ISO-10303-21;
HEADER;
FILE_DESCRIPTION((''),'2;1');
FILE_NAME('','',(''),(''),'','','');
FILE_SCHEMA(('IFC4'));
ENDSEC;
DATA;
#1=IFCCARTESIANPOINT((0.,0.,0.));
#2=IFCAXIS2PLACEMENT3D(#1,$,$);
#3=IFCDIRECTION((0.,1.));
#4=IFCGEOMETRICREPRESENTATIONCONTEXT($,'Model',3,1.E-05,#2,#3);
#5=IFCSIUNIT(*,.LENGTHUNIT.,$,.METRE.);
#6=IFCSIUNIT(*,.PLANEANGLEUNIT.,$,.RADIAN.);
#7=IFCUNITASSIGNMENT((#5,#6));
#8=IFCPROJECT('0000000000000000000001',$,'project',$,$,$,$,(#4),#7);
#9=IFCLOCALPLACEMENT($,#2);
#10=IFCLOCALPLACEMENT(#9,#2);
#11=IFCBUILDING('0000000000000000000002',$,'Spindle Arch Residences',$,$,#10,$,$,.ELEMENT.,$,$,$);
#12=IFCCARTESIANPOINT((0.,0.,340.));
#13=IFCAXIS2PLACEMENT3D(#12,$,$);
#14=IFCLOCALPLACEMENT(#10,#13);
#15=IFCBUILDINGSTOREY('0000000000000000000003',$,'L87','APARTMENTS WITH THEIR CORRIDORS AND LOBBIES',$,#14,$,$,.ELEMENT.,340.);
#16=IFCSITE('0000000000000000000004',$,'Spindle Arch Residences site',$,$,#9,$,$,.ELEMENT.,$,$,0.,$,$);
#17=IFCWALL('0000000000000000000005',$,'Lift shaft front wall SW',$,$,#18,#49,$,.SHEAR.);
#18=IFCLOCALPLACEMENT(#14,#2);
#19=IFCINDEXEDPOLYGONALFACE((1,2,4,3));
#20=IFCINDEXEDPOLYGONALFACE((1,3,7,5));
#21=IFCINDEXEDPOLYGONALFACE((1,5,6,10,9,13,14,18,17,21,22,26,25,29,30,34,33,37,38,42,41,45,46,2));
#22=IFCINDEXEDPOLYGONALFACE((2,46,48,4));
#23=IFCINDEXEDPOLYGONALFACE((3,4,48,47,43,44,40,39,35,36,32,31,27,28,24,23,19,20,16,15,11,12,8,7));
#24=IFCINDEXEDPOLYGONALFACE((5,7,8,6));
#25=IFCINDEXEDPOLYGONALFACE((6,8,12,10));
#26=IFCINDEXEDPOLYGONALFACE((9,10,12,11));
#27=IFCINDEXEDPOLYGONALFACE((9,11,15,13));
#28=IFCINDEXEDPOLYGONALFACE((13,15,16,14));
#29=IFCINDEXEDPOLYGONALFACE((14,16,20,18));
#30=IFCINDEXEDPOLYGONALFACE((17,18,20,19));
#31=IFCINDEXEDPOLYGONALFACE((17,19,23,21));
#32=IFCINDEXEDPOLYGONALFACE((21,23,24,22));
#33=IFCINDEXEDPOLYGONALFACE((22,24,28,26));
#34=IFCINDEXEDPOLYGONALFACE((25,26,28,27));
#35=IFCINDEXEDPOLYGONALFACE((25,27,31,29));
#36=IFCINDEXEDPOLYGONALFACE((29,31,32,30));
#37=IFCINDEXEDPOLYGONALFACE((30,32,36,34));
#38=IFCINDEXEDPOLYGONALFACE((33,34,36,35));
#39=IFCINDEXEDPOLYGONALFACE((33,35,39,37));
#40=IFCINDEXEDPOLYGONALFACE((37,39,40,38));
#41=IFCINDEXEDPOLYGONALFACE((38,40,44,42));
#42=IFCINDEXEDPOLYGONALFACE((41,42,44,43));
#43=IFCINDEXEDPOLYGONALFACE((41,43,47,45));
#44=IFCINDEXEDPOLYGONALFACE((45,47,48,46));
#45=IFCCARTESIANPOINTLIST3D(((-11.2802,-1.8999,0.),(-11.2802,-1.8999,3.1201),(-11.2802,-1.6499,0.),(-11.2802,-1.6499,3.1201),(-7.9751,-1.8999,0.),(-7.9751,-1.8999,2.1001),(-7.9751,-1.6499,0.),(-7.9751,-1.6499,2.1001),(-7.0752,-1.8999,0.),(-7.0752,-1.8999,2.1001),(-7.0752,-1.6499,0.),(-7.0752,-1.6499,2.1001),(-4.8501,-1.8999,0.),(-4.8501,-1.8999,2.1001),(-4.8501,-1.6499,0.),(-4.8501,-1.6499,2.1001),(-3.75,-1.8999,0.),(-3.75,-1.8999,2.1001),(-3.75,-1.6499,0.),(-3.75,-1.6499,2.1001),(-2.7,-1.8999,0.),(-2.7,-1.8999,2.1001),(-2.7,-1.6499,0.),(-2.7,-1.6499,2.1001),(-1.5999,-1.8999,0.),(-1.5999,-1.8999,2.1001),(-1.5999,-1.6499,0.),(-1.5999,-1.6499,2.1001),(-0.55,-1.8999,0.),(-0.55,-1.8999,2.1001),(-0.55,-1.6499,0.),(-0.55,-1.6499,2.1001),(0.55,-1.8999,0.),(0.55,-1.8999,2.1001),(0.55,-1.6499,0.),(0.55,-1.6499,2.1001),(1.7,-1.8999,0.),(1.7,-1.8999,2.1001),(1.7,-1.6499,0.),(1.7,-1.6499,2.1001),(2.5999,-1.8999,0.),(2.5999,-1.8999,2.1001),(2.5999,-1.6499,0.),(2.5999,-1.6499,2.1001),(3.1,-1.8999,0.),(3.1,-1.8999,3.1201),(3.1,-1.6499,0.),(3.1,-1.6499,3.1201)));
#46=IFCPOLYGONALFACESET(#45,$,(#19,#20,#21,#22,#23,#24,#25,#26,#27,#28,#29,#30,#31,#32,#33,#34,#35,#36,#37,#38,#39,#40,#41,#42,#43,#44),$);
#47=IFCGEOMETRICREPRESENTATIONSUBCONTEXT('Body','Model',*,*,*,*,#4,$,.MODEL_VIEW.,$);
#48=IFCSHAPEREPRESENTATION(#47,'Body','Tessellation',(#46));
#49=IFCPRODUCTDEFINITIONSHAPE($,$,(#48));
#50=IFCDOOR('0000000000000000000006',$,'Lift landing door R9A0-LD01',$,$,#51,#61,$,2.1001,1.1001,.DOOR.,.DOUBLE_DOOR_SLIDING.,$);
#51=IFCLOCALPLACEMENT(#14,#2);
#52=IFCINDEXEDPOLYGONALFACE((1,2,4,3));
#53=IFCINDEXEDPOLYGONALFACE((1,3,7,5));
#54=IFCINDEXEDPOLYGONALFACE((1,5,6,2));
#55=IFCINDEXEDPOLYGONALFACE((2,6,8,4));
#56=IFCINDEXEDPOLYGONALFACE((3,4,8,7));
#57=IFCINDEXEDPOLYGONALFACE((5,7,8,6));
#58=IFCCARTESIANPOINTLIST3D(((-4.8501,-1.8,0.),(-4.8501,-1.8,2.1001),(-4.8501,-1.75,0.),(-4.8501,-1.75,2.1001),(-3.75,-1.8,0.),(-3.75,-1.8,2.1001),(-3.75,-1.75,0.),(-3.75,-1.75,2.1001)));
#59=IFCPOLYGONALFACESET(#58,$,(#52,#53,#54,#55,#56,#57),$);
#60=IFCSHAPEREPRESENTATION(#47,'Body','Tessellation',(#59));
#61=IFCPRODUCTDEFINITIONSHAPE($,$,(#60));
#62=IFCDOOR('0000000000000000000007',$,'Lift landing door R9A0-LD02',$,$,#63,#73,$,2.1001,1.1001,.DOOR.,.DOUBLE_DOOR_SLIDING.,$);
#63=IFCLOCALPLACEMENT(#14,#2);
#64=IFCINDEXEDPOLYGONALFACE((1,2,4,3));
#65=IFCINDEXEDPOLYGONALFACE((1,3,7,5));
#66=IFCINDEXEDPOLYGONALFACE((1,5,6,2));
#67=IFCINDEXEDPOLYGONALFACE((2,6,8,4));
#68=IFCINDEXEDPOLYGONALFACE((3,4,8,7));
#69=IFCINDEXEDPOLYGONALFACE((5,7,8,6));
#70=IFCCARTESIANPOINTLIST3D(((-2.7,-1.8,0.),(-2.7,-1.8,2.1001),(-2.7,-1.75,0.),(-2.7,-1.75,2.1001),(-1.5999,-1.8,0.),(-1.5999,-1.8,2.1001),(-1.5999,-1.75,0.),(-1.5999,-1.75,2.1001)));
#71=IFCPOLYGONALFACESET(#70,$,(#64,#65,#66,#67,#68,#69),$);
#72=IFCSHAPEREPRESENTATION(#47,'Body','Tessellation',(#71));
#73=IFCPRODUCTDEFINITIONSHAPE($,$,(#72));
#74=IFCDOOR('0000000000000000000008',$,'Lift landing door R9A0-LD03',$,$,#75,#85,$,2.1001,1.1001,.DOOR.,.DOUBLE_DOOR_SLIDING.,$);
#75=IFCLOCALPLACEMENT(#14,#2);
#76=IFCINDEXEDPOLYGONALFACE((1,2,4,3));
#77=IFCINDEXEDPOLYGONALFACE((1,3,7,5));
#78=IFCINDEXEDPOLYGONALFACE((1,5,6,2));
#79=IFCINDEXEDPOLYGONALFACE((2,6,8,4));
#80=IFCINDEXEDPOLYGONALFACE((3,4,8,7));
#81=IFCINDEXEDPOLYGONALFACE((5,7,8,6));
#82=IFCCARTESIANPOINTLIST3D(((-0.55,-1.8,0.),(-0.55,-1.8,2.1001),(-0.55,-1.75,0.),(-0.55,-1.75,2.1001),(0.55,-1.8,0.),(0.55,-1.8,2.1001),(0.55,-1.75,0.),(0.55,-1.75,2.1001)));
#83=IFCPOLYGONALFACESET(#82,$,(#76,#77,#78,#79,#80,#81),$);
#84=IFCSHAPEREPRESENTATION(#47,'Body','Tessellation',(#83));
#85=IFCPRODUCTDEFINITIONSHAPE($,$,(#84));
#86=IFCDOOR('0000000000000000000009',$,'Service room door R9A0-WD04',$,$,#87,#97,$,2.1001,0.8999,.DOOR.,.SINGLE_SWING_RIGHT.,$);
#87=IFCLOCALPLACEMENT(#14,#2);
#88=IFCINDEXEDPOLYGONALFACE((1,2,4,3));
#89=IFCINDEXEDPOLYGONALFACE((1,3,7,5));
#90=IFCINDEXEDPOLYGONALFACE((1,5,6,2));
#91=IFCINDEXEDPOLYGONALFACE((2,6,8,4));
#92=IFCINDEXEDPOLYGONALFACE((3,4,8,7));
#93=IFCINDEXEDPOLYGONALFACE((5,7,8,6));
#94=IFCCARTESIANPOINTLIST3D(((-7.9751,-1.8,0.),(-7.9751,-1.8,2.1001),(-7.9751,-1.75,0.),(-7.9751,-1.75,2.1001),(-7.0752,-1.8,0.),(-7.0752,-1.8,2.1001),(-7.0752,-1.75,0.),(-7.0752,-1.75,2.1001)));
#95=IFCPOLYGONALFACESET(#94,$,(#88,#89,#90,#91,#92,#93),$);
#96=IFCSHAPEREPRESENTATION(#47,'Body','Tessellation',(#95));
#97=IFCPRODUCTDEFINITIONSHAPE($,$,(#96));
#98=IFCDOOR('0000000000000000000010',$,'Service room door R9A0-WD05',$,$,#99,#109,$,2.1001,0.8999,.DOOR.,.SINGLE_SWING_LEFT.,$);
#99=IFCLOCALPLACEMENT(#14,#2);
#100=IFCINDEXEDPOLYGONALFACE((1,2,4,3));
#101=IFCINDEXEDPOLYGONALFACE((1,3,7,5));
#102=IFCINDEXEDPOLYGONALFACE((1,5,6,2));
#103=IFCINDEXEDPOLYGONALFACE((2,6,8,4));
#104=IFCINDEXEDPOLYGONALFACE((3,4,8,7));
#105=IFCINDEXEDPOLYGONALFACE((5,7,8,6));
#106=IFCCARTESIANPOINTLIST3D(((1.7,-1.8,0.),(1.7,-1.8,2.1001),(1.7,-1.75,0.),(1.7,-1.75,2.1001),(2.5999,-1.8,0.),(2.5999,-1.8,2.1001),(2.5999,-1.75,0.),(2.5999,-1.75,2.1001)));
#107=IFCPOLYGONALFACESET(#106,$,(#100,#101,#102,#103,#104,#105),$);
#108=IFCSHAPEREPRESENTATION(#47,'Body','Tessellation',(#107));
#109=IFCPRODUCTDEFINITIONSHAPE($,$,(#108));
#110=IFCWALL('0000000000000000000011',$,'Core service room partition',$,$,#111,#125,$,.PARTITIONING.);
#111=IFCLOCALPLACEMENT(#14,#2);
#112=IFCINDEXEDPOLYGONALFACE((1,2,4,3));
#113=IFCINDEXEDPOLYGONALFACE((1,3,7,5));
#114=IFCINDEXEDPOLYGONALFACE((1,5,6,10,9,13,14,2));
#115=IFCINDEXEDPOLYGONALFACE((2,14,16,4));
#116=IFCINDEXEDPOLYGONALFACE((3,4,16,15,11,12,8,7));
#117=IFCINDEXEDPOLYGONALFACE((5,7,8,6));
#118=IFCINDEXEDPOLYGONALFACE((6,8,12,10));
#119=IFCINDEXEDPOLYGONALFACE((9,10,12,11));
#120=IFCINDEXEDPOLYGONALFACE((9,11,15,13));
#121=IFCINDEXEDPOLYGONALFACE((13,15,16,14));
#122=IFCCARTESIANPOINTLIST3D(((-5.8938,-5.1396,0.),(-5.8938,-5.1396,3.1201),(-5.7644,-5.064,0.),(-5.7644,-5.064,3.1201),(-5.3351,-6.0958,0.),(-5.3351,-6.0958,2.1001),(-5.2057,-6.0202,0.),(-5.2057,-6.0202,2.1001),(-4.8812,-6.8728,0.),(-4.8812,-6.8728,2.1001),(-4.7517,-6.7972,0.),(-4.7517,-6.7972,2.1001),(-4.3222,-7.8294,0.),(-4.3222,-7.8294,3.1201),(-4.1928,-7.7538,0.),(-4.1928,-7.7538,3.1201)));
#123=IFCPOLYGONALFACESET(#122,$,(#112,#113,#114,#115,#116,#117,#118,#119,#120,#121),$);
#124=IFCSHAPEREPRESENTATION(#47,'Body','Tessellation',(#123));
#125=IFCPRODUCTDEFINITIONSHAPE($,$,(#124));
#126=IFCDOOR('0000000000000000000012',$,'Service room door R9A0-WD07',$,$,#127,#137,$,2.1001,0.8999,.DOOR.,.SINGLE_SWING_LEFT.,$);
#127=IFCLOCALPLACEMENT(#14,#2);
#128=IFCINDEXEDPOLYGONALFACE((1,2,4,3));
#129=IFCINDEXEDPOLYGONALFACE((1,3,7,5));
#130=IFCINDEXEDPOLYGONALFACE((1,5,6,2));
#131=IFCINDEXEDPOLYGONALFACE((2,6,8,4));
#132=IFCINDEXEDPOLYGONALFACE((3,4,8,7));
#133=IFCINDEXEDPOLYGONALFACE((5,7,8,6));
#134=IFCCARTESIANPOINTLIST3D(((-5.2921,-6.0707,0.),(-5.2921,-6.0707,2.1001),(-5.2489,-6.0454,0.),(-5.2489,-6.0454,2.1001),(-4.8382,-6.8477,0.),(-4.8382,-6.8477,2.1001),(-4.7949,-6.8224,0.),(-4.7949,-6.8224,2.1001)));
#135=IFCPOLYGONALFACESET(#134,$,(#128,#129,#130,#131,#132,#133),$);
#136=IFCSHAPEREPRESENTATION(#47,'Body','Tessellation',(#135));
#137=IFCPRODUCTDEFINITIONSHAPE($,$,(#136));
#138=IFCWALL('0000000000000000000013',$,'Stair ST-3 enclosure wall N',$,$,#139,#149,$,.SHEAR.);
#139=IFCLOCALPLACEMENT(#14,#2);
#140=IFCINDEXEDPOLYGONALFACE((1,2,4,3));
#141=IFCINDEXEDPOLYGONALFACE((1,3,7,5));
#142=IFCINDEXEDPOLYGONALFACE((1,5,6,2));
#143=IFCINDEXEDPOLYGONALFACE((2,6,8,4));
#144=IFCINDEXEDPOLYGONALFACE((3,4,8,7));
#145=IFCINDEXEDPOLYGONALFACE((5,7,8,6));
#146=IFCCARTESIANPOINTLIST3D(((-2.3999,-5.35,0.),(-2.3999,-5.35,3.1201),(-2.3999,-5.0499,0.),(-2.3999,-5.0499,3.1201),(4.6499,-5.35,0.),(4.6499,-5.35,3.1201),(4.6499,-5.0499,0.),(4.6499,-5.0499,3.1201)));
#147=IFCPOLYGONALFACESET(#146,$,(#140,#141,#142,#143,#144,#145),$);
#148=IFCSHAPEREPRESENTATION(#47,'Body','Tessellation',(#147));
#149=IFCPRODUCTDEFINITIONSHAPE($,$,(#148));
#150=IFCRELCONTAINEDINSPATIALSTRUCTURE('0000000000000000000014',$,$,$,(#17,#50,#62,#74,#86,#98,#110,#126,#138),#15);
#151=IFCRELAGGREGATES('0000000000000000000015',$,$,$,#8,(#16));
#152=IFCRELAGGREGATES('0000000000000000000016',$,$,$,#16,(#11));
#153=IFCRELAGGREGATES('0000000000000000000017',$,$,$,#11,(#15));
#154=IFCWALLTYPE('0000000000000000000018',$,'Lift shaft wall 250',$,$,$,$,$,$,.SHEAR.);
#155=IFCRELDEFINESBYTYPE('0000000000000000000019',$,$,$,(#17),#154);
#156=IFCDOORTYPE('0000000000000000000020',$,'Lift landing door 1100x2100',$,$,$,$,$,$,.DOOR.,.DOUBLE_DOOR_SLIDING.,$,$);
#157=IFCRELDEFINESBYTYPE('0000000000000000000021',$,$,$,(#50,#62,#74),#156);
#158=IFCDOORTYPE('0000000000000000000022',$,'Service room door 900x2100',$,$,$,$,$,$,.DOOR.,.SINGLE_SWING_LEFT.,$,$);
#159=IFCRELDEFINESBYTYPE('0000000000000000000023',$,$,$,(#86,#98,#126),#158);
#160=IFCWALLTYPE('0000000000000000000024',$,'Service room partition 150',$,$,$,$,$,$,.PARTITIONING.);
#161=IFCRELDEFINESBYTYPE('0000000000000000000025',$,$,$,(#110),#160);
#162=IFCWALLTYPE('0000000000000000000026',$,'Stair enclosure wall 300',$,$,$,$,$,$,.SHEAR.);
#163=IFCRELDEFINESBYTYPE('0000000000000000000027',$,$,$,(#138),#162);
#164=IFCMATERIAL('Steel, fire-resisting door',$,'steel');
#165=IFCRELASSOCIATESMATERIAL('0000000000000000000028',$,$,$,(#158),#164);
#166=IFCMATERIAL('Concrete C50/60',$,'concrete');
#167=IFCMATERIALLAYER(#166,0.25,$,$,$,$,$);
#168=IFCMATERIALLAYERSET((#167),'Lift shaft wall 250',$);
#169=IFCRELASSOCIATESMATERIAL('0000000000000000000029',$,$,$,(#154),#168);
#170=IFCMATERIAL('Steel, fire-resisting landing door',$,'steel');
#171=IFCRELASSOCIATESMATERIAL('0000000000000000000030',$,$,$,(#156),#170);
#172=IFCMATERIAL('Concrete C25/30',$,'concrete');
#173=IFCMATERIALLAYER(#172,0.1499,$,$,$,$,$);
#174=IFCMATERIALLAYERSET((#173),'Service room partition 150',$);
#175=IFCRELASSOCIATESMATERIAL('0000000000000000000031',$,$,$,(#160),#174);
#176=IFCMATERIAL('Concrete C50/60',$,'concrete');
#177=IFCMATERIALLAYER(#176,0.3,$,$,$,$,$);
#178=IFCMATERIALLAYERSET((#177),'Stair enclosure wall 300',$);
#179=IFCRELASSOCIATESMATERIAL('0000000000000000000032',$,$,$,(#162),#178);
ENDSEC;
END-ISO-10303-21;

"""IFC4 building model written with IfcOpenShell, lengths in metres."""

from ifc_helpers import new_model, si_unit, direction, frame, frame_2d, origin, place, context, subcontext, project, spatial, rectangle, extrude, material, layer, layer_set, type_object, element, fill, save


model = new_model("IFC4")

# Units and contexts
model_context = context("Model", 3, precision=1e-05, world=origin(), true_north=direction((0.0, 1.0)))
body_context = subcontext(model_context, "Body", "Model", "MODEL_VIEW")
ifc_project = project(units=[si_unit("LENGTHUNIT", "METRE"), si_unit("PLANEANGLEUNIT", "RADIAN")], contexts=[model_context])

# Site, building, storey
site_placement = place(None, origin())
site = spatial("IfcSite", under=ifc_project, at=site_placement, Name="Spindle Arch Residences site", CompositionType="ELEMENT", RefElevation=0.0)
building_placement = place(site_placement, origin())
building = spatial("IfcBuilding", under=site, at=building_placement, Name="Spindle Arch Residences", CompositionType="ELEMENT")
storey_placement = place(building_placement, frame((0.0, 0.0, 340.0)))
storey = spatial("IfcBuildingStorey", under=building, at=storey_placement, Name="L87", Description="APARTMENTS WITH THEIR CORRIDORS AND LOBBIES", CompositionType="ELEMENT", Elevation=340.0)

# Shared definitions
ifc_material_1 = material(Name="Steel, fire-resisting door", Category="steel")
door_type_1 = type_object("IfcDoorType", Name="Service room door 900x2100", OperationType="SINGLE_SWING_LEFT", PredefinedType="DOOR", material=ifc_material_1)

# Wall, openings, doors
ifc_material_2 = material(Name="Concrete C50/60", Category="concrete")
ifc_layer_1 = layer(ifc_material_2, 0.25)
ifc_layer_set_1 = layer_set([ifc_layer_1], Name="Lift shaft wall 250")
wall_type_1 = type_object("IfcWallType", Name="Lift shaft wall 250", PredefinedType="SHEAR", material=ifc_layer_set_1)
wall_1_placement = place(storey_placement, frame((-11.28, -1.7749, 0.0), z_axis=(0.0, 0.0, 1.0), x_axis=(1.0, 0.0, 0.0)))
wall_1 = element("IfcWall", 1, at=wall_1_placement, inside=storey, type_object=wall_type_1, Name="Lift shaft front wall SW", PredefinedType="SHEAR", context=body_context, shape_type="SweptSolid", body=[
    extrude(rectangle(XDim=14.3801, YDim=0.25, at=frame_2d((7.1899, 0.0))), origin(), (0.0, 0.0, 1.0), 3.1201),
])
opening_1_placement = place(wall_1_placement, frame((6.4299, 0.0, 0.0)))
opening_1 = element("IfcOpeningElement", 2, at=opening_1_placement, cuts=wall_1, PredefinedType="OPENING", context=body_context, shape_type="SweptSolid", body=[
    extrude(rectangle(XDim=1.1001, YDim=2.1001, at=frame_2d((0.55, 1.05))), frame((0.0, 0.135, 0.0), z_axis=(0.0, -1.0, 0.0), x_axis=(1.0, 0.0, 0.0)), (0.0, 0.0, 1.0), 0.27),
])
opening_2_placement = place(wall_1_placement, frame((8.5801, 0.0, 0.0)))
opening_2 = element("IfcOpeningElement", 3, at=opening_2_placement, cuts=wall_1, PredefinedType="OPENING", context=body_context, shape_type="SweptSolid", body=[
    extrude(rectangle(XDim=1.1001, YDim=2.1001, at=frame_2d((0.55, 1.05))), frame((0.0, 0.135, 0.0), z_axis=(0.0, -1.0, 0.0), x_axis=(1.0, 0.0, 0.0)), (0.0, 0.0, 1.0), 0.27),
])
opening_3_placement = place(wall_1_placement, frame((10.73, 0.0, 0.0)))
opening_3 = element("IfcOpeningElement", 4, at=opening_3_placement, cuts=wall_1, PredefinedType="OPENING", context=body_context, shape_type="SweptSolid", body=[
    extrude(rectangle(XDim=1.1001, YDim=2.1001, at=frame_2d((0.55, 1.05))), frame((0.0, 0.135, 0.0), z_axis=(0.0, -1.0, 0.0), x_axis=(1.0, 0.0, 0.0)), (0.0, 0.0, 1.0), 0.27),
])
opening_4_placement = place(wall_1_placement, frame((3.3049, 0.0, 0.0)))
opening_4 = element("IfcOpeningElement", 5, at=opening_4_placement, cuts=wall_1, PredefinedType="OPENING", context=body_context, shape_type="SweptSolid", body=[
    extrude(rectangle(XDim=0.8999, YDim=2.1001, at=frame_2d((0.45, 1.05))), frame((0.0, 0.135, 0.0), z_axis=(0.0, -1.0, 0.0), x_axis=(1.0, 0.0, 0.0)), (0.0, 0.0, 1.0), 0.27),
])
opening_5_placement = place(wall_1_placement, frame((12.98, 0.0, 0.0)))
opening_5 = element("IfcOpeningElement", 6, at=opening_5_placement, cuts=wall_1, PredefinedType="OPENING", context=body_context, shape_type="SweptSolid", body=[
    extrude(rectangle(XDim=0.8999, YDim=2.1001, at=frame_2d((0.45, 1.05))), frame((0.0, 0.135, 0.0), z_axis=(0.0, -1.0, 0.0), x_axis=(1.0, 0.0, 0.0)), (0.0, 0.0, 1.0), 0.27),
])
ifc_material_3 = material(Name="Steel, fire-resisting landing door", Category="steel")
door_type_2 = type_object("IfcDoorType", Name="Lift landing door 1100x2100", OperationType="DOUBLE_DOOR_SLIDING", PredefinedType="DOOR", material=ifc_material_3)
door_1_placement = place(opening_1_placement, origin())
door_1 = element("IfcDoor", 7, at=door_1_placement, inside=storey, type_object=door_type_2, Name="Lift landing door R9A0-LD01", OperationType="DOUBLE_DOOR_SLIDING", OverallHeight=2.1001, OverallWidth=1.1001, PredefinedType="DOOR", context=body_context, shape_type="SweptSolid", body=[
    extrude(rectangle(XDim=1.1001, YDim=2.1001, at=frame_2d((0.55, 1.05))), frame((0.0, 0.0249, 0.0), z_axis=(0.0, -1.0, 0.0), x_axis=(1.0, 0.0, 0.0)), (0.0, 0.0, 1.0), 0.05),
])
fill(opening_1, door_1)
door_2_placement = place(opening_2_placement, origin())
door_2 = element("IfcDoor", 8, at=door_2_placement, inside=storey, type_object=door_type_2, Name="Lift landing door R9A0-LD02", OperationType="DOUBLE_DOOR_SLIDING", OverallHeight=2.1001, OverallWidth=1.1001, PredefinedType="DOOR", context=body_context, shape_type="SweptSolid", body=[
    extrude(rectangle(XDim=1.1001, YDim=2.1001, at=frame_2d((0.55, 1.05))), frame((0.0, 0.0249, 0.0), z_axis=(0.0, -1.0, 0.0), x_axis=(1.0, 0.0, 0.0)), (0.0, 0.0, 1.0), 0.05),
])
fill(opening_2, door_2)
door_3_placement = place(opening_3_placement, origin())
door_3 = element("IfcDoor", 9, at=door_3_placement, inside=storey, type_object=door_type_2, Name="Lift landing door R9A0-LD03", OperationType="DOUBLE_DOOR_SLIDING", OverallHeight=2.1001, OverallWidth=1.1001, PredefinedType="DOOR", context=body_context, shape_type="SweptSolid", body=[
    extrude(rectangle(XDim=1.1001, YDim=2.1001, at=frame_2d((0.55, 1.05))), frame((0.0, 0.0249, 0.0), z_axis=(0.0, -1.0, 0.0), x_axis=(1.0, 0.0, 0.0)), (0.0, 0.0, 1.0), 0.05),
])
fill(opening_3, door_3)
door_4_placement = place(opening_4_placement, origin())
door_4 = element("IfcDoor", 10, at=door_4_placement, inside=storey, type_object=door_type_1, Name="Service room door R9A0-WD04", OperationType="SINGLE_SWING_RIGHT", OverallHeight=2.1001, OverallWidth=0.8999, PredefinedType="DOOR", context=body_context, shape_type="SweptSolid", body=[
    extrude(rectangle(XDim=0.8999, YDim=2.1001, at=frame_2d((0.45, 1.05))), frame((0.0, 0.0249, 0.0), z_axis=(0.0, -1.0, 0.0), x_axis=(1.0, 0.0, 0.0)), (0.0, 0.0, 1.0), 0.05),
])
fill(opening_4, door_4)
door_5_placement = place(opening_5_placement, origin())
door_5 = element("IfcDoor", 11, at=door_5_placement, inside=storey, type_object=door_type_1, Name="Service room door R9A0-WD05", OperationType="SINGLE_SWING_LEFT", OverallHeight=2.1001, OverallWidth=0.8999, PredefinedType="DOOR", context=body_context, shape_type="SweptSolid", body=[
    extrude(rectangle(XDim=0.8999, YDim=2.1001, at=frame_2d((0.45, 1.05))), frame((0.0, 0.0249, 0.0), z_axis=(0.0, -1.0, 0.0), x_axis=(1.0, 0.0, 0.0)), (0.0, 0.0, 1.0), 0.05),
])
fill(opening_5, door_5)

# Wall, opening, door
ifc_material_4 = material(Name="Concrete C25/30", Category="concrete")
ifc_layer_2 = layer(ifc_material_4, 0.1499)
ifc_layer_set_2 = layer_set([ifc_layer_2], Name="Service room partition 150")
wall_type_2 = type_object("IfcWallType", Name="Service room partition 150", PredefinedType="PARTITIONING", material=ifc_layer_set_2)
wall_2_placement = place(storey_placement, frame((-5.8291, -5.1018, 0.0), z_axis=(0.0, 0.0, 1.0), x_axis=(0.50448, -0.863423, 0.0)))
wall_2 = element("IfcWall", 12, at=wall_2_placement, inside=storey, type_object=wall_type_2, Name="Core service room partition", PredefinedType="PARTITIONING", context=body_context, shape_type="SweptSolid", body=[
    extrude(rectangle(XDim=3.1152, YDim=0.1499, at=frame_2d((1.5576, 0.0))), origin(), (0.0, 0.0, 1.0), 3.1201),
])
opening_6_placement = place(wall_2_placement, frame((1.1074, 0.0, 0.0)))
opening_6 = element("IfcOpeningElement", 13, at=opening_6_placement, cuts=wall_2, PredefinedType="OPENING", context=body_context, shape_type="SweptSolid", body=[
    extrude(rectangle(XDim=0.8999, YDim=2.1001, at=frame_2d((0.45, 1.05))), frame((0.0, 0.085, 0.0), z_axis=(0.0, -1.0, 0.0), x_axis=(1.0, 0.0, 0.0)), (0.0, 0.0, 1.0), 0.1699),
])
door_6_placement = place(opening_6_placement, origin())
door_6 = element("IfcDoor", 14, at=door_6_placement, inside=storey, type_object=door_type_1, Name="Service room door R9A0-WD07", OperationType="SINGLE_SWING_LEFT", OverallHeight=2.1001, OverallWidth=0.8999, PredefinedType="DOOR", context=body_context, shape_type="SweptSolid", body=[
    extrude(rectangle(XDim=0.8999, YDim=2.1001, at=frame_2d((0.45, 1.05))), frame((0.0, 0.0249, 0.0), z_axis=(0.0, -1.0, 0.0), x_axis=(1.0, 0.0, 0.0)), (0.0, 0.0, 1.0), 0.05),
])
fill(opening_6, door_6)

# Wall
ifc_material_5 = material(Name="Concrete C50/60", Category="concrete")
ifc_layer_3 = layer(ifc_material_5, 0.3)
ifc_layer_set_3 = layer_set([ifc_layer_3], Name="Stair enclosure wall 300")
wall_type_3 = type_object("IfcWallType", Name="Stair enclosure wall 300", PredefinedType="SHEAR", material=ifc_layer_set_3)
wall_3_placement = place(storey_placement, frame((-2.3999, -5.2, 0.0), z_axis=(0.0, 0.0, 1.0), x_axis=(1.0, 0.0, 0.0)))
element("IfcWall", 15, at=wall_3_placement, inside=storey, type_object=wall_type_3, Name="Stair ST-3 enclosure wall N", PredefinedType="SHEAR", context=body_context, shape_type="SweptSolid", body=[
    extrude(rectangle(XDim=7.0498, YDim=0.3, at=frame_2d((3.5249, 0.0))), origin(), (0.0, 0.0, 1.0), 3.1201),
])

save(model, "model.ifc")
